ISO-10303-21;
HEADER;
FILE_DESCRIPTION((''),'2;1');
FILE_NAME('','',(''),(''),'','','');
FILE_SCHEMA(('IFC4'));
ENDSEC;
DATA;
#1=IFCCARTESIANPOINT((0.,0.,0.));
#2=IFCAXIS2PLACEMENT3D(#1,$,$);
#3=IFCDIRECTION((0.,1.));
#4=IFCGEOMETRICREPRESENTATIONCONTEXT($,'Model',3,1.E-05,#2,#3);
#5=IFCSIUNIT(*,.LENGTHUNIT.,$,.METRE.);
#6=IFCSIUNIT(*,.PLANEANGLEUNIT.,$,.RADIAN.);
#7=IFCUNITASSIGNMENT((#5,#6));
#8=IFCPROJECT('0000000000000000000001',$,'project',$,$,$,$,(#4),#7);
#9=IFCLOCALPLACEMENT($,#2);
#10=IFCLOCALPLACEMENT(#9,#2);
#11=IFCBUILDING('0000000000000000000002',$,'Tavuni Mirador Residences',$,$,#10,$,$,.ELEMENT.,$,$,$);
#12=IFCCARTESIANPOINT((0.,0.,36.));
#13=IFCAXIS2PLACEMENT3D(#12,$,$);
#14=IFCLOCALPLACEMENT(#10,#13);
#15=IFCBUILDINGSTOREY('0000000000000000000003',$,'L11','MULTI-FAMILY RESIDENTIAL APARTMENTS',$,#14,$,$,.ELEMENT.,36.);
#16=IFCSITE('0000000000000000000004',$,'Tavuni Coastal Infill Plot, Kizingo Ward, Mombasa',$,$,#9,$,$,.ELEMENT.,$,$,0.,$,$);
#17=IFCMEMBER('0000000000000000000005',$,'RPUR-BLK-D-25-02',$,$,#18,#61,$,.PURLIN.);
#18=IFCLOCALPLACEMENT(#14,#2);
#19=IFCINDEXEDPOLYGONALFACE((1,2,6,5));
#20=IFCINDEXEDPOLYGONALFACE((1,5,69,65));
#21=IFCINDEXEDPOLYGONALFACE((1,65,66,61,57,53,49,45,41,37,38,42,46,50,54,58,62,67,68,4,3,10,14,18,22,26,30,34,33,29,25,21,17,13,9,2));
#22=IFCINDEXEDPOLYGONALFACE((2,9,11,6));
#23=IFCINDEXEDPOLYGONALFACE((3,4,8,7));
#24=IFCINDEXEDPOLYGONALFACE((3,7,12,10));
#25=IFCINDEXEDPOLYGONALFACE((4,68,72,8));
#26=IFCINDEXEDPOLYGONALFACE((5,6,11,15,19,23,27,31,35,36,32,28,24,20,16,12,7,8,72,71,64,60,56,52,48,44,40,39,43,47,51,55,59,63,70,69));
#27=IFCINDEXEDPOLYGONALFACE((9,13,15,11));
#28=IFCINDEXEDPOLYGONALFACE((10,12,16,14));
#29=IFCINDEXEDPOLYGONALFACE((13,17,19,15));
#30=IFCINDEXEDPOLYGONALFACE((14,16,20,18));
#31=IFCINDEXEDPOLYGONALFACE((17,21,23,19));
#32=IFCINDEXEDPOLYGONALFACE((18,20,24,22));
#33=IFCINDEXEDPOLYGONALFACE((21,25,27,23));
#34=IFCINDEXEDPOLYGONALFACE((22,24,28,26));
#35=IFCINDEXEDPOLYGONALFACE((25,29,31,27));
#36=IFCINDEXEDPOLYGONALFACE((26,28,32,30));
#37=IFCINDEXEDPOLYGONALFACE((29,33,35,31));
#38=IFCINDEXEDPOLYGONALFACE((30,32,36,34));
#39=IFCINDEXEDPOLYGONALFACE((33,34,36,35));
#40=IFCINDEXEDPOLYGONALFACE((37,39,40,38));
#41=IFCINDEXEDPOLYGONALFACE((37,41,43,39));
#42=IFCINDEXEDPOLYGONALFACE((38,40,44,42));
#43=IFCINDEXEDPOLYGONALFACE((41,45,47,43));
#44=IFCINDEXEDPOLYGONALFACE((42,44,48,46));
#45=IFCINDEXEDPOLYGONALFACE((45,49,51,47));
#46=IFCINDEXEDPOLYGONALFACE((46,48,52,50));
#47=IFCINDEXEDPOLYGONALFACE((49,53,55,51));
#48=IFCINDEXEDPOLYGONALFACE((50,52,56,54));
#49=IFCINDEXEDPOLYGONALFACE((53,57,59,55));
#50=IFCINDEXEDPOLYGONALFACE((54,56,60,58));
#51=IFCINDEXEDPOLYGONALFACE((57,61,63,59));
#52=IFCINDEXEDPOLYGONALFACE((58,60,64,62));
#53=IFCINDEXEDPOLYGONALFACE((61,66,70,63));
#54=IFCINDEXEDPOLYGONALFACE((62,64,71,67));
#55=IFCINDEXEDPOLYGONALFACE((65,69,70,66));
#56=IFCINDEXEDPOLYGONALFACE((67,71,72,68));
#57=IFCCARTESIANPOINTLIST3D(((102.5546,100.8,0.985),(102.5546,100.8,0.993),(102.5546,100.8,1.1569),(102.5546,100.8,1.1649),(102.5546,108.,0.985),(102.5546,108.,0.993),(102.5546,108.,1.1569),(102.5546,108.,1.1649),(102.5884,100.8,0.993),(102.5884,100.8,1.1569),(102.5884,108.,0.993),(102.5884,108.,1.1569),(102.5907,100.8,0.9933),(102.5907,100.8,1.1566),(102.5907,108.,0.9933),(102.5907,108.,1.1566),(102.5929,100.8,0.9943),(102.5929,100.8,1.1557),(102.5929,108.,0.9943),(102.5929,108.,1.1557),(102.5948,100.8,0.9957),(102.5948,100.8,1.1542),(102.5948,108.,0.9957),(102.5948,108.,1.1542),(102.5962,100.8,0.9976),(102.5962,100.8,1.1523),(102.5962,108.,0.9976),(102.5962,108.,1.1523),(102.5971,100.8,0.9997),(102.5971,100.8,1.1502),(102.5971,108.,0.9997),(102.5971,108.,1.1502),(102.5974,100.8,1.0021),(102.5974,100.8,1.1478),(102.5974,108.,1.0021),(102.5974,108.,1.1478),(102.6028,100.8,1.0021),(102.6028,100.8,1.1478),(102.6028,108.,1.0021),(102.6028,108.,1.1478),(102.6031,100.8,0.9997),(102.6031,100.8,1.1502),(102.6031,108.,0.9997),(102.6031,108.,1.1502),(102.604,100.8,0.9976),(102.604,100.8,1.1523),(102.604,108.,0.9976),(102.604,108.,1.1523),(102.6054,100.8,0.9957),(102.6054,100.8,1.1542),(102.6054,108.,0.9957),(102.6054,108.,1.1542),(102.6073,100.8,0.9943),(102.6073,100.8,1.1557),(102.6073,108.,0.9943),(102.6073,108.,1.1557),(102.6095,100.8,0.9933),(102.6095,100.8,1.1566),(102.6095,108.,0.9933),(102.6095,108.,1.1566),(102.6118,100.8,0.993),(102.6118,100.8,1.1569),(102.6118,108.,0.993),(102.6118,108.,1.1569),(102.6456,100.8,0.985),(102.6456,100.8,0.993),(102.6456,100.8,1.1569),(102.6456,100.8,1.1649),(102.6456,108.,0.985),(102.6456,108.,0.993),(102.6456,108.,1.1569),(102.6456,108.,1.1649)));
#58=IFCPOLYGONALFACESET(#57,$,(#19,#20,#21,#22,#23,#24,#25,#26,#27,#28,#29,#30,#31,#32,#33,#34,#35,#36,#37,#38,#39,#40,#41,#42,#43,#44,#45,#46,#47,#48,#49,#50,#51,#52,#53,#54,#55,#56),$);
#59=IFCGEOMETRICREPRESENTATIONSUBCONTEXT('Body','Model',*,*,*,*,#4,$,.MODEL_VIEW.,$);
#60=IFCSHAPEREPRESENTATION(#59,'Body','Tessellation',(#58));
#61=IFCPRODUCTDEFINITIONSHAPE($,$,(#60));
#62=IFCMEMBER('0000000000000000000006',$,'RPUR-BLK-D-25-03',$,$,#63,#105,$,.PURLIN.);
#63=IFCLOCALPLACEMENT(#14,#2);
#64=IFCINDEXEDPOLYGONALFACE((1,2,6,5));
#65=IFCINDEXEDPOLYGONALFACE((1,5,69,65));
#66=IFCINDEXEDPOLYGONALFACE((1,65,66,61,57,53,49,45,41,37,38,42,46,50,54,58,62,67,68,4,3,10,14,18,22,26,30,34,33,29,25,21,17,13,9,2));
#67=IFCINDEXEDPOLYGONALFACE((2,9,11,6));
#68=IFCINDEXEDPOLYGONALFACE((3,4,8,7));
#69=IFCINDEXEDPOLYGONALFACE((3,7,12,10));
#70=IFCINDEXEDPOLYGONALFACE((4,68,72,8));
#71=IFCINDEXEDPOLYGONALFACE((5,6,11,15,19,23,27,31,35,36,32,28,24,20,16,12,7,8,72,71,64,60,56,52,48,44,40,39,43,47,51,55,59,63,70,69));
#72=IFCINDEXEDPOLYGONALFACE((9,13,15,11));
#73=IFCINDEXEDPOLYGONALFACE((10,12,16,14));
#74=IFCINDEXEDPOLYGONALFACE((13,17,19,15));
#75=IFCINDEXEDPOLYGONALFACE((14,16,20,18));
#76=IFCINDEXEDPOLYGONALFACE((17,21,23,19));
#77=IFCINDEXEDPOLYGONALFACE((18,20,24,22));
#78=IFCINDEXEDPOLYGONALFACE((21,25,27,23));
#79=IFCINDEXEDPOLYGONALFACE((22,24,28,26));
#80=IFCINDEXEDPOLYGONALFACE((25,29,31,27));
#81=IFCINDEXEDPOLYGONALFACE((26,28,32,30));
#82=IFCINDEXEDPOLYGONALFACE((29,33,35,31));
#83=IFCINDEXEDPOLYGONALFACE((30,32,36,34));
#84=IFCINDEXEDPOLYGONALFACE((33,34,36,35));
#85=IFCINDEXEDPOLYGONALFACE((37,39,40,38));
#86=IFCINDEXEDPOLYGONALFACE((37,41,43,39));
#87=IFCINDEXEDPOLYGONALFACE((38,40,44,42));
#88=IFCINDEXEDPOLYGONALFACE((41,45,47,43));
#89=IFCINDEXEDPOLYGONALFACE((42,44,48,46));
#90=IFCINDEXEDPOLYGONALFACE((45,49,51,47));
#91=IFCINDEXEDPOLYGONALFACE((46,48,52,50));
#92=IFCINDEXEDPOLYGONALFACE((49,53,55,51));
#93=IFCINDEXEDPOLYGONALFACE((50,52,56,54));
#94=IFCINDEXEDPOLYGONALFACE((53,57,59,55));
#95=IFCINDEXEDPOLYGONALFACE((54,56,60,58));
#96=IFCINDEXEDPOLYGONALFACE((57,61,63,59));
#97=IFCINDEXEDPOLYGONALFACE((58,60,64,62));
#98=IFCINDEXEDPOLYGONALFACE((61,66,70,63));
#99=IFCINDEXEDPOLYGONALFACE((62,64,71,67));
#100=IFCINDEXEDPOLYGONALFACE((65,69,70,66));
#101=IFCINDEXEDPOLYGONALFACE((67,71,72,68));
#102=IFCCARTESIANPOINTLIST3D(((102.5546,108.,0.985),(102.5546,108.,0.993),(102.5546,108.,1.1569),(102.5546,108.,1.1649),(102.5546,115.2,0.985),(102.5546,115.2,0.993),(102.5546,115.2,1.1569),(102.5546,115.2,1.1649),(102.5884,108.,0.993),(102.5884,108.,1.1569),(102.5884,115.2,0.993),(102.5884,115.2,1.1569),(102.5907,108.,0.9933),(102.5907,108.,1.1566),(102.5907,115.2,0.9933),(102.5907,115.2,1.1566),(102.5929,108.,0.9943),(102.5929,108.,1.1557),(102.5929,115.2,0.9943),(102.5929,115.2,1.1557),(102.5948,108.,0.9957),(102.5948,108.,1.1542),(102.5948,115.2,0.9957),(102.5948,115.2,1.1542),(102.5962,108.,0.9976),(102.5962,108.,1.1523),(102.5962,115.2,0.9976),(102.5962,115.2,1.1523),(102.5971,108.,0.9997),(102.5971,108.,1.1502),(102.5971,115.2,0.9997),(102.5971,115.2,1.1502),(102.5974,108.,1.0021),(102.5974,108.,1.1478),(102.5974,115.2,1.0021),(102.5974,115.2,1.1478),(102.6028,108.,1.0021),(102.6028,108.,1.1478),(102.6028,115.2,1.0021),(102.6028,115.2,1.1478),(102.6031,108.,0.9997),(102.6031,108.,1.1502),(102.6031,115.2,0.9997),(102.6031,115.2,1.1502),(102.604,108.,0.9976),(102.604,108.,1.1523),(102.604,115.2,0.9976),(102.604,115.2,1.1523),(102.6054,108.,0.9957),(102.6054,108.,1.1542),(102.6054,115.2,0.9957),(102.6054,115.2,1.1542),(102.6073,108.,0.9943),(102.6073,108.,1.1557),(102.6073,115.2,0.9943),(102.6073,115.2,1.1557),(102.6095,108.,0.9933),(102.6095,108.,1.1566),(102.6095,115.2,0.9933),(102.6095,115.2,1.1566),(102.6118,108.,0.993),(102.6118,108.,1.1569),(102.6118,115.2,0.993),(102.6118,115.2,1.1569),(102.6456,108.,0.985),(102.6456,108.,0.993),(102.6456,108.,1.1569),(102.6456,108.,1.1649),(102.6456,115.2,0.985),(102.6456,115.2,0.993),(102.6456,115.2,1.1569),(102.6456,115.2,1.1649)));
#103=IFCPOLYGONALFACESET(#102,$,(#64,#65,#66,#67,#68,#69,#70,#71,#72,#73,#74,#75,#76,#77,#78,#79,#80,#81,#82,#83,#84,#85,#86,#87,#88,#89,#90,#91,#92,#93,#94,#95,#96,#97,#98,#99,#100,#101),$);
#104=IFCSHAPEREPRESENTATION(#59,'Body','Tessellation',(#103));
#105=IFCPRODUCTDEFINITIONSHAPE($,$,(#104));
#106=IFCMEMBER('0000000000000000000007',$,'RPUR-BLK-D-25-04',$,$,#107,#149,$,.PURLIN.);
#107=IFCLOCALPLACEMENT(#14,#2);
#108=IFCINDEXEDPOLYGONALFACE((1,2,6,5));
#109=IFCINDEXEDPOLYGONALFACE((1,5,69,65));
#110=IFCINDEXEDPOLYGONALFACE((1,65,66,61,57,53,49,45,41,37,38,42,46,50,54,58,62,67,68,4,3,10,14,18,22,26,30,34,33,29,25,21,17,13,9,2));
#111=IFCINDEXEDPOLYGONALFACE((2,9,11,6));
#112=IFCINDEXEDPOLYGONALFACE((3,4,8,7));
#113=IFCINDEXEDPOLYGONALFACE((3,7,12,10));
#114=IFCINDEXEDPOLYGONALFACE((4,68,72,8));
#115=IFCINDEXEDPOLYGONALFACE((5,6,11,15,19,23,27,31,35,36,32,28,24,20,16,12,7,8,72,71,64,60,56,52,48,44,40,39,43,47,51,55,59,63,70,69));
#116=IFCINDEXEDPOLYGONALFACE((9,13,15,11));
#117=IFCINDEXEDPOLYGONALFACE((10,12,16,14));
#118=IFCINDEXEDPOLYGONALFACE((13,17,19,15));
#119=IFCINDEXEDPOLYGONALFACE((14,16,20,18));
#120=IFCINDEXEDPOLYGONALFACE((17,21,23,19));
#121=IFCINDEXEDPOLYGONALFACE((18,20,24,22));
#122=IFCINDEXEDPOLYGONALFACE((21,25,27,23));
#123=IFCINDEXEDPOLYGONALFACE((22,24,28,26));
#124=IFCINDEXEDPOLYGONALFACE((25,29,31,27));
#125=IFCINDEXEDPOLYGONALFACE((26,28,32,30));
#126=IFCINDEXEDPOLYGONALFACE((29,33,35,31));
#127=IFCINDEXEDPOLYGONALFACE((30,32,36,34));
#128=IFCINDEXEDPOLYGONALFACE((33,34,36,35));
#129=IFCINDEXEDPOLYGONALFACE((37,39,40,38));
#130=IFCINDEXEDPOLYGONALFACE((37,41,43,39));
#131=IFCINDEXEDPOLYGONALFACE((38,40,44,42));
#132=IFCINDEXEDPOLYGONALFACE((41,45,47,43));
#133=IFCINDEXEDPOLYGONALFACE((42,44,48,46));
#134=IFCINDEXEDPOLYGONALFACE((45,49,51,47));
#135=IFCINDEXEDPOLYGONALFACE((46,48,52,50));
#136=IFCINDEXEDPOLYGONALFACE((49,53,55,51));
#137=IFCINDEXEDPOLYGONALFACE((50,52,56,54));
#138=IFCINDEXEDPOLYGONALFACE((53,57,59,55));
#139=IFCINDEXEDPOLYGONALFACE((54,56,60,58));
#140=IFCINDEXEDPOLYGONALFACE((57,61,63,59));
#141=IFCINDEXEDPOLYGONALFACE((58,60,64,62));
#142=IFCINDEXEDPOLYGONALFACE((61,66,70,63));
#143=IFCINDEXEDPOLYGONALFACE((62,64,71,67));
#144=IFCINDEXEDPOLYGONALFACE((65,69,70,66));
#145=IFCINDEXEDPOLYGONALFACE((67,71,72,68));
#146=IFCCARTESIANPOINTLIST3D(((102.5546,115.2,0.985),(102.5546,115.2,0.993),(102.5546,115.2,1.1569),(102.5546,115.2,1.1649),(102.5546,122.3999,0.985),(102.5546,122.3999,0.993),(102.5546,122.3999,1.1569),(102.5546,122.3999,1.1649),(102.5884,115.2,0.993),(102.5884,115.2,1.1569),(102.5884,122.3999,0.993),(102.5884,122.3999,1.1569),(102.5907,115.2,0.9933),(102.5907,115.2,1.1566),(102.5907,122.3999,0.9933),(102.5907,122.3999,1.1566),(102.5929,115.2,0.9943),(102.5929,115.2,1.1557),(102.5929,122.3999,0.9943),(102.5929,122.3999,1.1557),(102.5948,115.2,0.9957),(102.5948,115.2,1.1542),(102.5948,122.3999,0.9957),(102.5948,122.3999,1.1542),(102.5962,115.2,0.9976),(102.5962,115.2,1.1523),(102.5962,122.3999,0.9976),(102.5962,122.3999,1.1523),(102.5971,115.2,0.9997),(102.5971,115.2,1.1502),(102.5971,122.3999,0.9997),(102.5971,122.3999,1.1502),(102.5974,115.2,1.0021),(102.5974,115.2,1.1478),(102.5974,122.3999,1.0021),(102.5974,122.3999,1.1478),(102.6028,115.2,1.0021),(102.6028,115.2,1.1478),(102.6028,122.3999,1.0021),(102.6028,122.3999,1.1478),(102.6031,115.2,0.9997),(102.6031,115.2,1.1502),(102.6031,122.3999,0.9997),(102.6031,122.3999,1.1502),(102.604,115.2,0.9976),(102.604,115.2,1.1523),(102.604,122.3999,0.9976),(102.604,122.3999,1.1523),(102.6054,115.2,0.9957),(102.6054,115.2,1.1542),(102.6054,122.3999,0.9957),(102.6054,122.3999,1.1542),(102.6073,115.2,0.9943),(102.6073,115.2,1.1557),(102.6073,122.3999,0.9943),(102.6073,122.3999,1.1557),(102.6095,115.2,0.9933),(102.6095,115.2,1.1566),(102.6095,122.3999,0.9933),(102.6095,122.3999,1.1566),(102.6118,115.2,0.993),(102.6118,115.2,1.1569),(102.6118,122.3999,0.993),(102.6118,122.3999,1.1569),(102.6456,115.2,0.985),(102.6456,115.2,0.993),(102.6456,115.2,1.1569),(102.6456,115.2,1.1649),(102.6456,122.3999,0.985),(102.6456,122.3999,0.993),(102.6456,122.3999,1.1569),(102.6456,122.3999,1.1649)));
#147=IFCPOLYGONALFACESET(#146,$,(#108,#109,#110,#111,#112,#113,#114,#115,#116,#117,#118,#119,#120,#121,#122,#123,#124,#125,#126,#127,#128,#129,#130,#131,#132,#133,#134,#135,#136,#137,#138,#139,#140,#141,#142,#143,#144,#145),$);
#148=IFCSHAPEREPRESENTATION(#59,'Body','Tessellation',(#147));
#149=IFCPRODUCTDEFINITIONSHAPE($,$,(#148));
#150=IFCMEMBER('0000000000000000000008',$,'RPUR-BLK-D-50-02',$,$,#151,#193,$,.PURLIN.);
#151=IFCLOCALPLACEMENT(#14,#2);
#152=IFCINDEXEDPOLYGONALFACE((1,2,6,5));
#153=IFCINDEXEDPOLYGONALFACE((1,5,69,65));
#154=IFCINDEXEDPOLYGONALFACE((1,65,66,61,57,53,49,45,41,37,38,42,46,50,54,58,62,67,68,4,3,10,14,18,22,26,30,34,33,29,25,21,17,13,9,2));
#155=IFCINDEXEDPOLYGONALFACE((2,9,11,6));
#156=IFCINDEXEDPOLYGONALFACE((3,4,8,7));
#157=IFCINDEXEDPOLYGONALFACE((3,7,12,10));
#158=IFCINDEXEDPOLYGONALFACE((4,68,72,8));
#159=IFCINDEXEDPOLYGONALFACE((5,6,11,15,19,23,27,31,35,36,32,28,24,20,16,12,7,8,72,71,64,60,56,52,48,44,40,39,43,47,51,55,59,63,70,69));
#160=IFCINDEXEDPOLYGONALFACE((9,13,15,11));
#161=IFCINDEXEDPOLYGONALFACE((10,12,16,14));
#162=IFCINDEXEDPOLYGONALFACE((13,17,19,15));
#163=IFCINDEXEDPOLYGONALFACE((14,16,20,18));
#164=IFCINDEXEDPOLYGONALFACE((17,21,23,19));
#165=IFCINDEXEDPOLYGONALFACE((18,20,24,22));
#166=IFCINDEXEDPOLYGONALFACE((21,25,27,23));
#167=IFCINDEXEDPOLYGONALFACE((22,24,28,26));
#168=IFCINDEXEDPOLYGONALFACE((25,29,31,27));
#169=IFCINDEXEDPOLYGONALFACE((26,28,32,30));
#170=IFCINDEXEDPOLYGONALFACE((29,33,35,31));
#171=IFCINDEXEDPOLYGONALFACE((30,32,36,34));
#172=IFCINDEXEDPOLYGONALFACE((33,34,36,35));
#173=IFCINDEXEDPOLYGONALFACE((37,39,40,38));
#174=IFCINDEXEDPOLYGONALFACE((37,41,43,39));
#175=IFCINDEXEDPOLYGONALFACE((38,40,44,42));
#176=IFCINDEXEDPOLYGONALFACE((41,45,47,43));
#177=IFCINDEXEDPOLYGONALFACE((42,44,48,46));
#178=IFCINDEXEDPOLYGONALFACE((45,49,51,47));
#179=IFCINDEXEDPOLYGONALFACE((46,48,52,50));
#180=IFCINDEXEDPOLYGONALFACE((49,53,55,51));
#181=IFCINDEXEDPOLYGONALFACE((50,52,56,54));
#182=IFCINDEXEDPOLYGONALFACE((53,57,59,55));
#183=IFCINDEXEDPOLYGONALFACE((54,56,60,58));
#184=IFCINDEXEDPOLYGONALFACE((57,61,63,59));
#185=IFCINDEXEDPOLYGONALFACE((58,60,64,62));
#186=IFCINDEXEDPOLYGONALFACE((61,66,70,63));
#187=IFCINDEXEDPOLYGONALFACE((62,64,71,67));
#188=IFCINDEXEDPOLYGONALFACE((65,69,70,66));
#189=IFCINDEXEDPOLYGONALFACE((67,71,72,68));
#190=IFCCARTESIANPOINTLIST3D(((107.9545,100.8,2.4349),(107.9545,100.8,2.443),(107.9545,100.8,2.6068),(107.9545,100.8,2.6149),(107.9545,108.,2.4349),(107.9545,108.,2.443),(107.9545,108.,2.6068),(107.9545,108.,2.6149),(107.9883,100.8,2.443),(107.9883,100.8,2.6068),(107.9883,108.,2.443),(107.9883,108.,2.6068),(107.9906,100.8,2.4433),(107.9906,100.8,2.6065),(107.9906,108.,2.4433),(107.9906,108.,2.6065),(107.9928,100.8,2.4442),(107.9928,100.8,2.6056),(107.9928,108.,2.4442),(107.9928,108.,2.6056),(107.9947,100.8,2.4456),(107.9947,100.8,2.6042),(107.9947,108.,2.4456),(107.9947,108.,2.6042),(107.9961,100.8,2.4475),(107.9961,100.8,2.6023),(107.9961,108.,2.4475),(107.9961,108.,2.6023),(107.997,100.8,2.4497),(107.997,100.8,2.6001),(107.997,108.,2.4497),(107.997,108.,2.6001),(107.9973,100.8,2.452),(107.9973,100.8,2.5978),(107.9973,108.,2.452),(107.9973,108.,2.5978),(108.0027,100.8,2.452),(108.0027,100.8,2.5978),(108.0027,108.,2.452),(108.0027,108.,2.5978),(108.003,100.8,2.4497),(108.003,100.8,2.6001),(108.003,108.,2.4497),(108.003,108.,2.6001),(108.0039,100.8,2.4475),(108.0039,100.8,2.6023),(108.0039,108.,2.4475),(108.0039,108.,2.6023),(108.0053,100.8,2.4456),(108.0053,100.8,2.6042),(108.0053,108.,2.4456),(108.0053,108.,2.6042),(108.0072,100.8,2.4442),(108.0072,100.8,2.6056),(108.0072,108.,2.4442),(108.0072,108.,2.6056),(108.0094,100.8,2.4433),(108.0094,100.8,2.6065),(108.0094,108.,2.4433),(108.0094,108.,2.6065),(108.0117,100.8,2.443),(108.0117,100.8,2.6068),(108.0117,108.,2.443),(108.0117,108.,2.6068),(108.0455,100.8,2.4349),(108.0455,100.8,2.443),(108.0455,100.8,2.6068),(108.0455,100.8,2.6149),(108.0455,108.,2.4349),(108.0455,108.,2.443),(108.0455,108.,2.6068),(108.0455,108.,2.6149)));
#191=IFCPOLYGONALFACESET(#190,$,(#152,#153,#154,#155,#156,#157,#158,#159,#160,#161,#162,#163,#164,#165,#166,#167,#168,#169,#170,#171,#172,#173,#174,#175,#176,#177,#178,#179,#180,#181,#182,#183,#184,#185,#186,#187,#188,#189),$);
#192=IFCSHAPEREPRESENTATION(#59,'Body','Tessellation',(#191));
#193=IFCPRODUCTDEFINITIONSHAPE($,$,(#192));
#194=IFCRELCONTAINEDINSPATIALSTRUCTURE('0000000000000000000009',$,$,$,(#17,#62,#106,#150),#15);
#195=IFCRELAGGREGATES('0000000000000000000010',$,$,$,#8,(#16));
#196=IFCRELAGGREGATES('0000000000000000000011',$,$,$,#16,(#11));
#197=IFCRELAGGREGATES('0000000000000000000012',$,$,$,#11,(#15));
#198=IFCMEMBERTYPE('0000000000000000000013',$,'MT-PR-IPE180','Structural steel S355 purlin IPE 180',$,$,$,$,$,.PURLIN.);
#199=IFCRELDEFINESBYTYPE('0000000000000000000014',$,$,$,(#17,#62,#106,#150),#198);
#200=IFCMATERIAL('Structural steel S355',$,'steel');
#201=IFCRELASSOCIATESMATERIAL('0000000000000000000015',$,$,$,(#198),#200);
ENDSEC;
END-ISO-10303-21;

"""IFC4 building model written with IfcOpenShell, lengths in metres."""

from ifc_helpers import new_model, si_unit, direction, frame, origin, origin_2d, place, context, subcontext, project, spatial, i_section, extrude, material, material_profile, profile_set, type_object, element, save


model = new_model("IFC4")

# Units and contexts
model_context = context("Model", 3, precision=1e-05, world=origin(), true_north=direction((0.0, 1.0)))
body_context = subcontext(model_context, "Body", "Model", "MODEL_VIEW")
ifc_project = project(units=[si_unit("LENGTHUNIT", "METRE"), si_unit("PLANEANGLEUNIT", "RADIAN")], contexts=[model_context])

# Site, building, storey
site_placement = place(None, origin())
site = spatial("IfcSite", under=ifc_project, at=site_placement, Name="Tavuni Coastal Infill Plot, Kizingo Ward, Mombasa", CompositionType="ELEMENT", RefElevation=0.0)
building_placement = place(site_placement, origin())
building = spatial("IfcBuilding", under=site, at=building_placement, Name="Tavuni Mirador Residences", CompositionType="ELEMENT")
storey_placement = place(building_placement, frame((0.0, 0.0, 36.0)))
storey = spatial("IfcBuildingStorey", under=building, at=storey_placement, Name="L11", Description="MULTI-FAMILY RESIDENTIAL APARTMENTS", CompositionType="ELEMENT", Elevation=36.0)

# Members
ifc_material_1 = material(Name="Structural steel S355", Category="steel")
ifc_material_profile_1 = material_profile(ifc_material_1, i_section(OverallWidth=0.0911, OverallDepth=0.1799, WebThickness=0.0054, FlangeThickness=0.0081, FilletRadius=0.009, at=origin_2d()), Name="IPE 180", Category="steel")
ifc_profile_set_1 = profile_set([ifc_material_profile_1], Name="Structural steel S355")
member_type_1 = type_object("IfcMemberType", Name="MT-PR-IPE180", Description="Structural steel S355 purlin IPE 180", PredefinedType="PURLIN", material=ifc_profile_set_1)
for number, where, z_axis, x_axis, name in (
    (1, (102.6001, 100.8, 1.075), (0.0, 1.0, 0.0), (-1.0, 0.0, 0.0), "RPUR-BLK-D-25-02"),
    (2, (102.6001, 108.0, 1.075), (0.0, 1.0, 0.0), (-1.0, 0.0, 0.0), "RPUR-BLK-D-25-03"),
    (3, (102.6001, 115.2, 1.075), (0.0, 1.0, 0.0), (-1.0, 0.0, 0.0), "RPUR-BLK-D-25-04"),
    (4, (108.0, 100.8, 2.5249), (0.0, 1.0, 0.0), (-1.0, 0.0, 0.0), "RPUR-BLK-D-50-02"),
):
    element("IfcMember", number, at=place(storey_placement, frame(where, z_axis=z_axis, x_axis=x_axis)), inside=storey, type_object=member_type_1, Name=name, PredefinedType="PURLIN", context=body_context, shape_type="SweptSolid", body=[
        extrude(i_section(OverallWidth=0.0911, OverallDepth=0.1799, WebThickness=0.0054, FlangeThickness=0.0081, FilletRadius=0.009, at=origin_2d()), origin(), (0.0, 0.0, 1.0), 7.2),
    ])

save(model, "model.ifc")
